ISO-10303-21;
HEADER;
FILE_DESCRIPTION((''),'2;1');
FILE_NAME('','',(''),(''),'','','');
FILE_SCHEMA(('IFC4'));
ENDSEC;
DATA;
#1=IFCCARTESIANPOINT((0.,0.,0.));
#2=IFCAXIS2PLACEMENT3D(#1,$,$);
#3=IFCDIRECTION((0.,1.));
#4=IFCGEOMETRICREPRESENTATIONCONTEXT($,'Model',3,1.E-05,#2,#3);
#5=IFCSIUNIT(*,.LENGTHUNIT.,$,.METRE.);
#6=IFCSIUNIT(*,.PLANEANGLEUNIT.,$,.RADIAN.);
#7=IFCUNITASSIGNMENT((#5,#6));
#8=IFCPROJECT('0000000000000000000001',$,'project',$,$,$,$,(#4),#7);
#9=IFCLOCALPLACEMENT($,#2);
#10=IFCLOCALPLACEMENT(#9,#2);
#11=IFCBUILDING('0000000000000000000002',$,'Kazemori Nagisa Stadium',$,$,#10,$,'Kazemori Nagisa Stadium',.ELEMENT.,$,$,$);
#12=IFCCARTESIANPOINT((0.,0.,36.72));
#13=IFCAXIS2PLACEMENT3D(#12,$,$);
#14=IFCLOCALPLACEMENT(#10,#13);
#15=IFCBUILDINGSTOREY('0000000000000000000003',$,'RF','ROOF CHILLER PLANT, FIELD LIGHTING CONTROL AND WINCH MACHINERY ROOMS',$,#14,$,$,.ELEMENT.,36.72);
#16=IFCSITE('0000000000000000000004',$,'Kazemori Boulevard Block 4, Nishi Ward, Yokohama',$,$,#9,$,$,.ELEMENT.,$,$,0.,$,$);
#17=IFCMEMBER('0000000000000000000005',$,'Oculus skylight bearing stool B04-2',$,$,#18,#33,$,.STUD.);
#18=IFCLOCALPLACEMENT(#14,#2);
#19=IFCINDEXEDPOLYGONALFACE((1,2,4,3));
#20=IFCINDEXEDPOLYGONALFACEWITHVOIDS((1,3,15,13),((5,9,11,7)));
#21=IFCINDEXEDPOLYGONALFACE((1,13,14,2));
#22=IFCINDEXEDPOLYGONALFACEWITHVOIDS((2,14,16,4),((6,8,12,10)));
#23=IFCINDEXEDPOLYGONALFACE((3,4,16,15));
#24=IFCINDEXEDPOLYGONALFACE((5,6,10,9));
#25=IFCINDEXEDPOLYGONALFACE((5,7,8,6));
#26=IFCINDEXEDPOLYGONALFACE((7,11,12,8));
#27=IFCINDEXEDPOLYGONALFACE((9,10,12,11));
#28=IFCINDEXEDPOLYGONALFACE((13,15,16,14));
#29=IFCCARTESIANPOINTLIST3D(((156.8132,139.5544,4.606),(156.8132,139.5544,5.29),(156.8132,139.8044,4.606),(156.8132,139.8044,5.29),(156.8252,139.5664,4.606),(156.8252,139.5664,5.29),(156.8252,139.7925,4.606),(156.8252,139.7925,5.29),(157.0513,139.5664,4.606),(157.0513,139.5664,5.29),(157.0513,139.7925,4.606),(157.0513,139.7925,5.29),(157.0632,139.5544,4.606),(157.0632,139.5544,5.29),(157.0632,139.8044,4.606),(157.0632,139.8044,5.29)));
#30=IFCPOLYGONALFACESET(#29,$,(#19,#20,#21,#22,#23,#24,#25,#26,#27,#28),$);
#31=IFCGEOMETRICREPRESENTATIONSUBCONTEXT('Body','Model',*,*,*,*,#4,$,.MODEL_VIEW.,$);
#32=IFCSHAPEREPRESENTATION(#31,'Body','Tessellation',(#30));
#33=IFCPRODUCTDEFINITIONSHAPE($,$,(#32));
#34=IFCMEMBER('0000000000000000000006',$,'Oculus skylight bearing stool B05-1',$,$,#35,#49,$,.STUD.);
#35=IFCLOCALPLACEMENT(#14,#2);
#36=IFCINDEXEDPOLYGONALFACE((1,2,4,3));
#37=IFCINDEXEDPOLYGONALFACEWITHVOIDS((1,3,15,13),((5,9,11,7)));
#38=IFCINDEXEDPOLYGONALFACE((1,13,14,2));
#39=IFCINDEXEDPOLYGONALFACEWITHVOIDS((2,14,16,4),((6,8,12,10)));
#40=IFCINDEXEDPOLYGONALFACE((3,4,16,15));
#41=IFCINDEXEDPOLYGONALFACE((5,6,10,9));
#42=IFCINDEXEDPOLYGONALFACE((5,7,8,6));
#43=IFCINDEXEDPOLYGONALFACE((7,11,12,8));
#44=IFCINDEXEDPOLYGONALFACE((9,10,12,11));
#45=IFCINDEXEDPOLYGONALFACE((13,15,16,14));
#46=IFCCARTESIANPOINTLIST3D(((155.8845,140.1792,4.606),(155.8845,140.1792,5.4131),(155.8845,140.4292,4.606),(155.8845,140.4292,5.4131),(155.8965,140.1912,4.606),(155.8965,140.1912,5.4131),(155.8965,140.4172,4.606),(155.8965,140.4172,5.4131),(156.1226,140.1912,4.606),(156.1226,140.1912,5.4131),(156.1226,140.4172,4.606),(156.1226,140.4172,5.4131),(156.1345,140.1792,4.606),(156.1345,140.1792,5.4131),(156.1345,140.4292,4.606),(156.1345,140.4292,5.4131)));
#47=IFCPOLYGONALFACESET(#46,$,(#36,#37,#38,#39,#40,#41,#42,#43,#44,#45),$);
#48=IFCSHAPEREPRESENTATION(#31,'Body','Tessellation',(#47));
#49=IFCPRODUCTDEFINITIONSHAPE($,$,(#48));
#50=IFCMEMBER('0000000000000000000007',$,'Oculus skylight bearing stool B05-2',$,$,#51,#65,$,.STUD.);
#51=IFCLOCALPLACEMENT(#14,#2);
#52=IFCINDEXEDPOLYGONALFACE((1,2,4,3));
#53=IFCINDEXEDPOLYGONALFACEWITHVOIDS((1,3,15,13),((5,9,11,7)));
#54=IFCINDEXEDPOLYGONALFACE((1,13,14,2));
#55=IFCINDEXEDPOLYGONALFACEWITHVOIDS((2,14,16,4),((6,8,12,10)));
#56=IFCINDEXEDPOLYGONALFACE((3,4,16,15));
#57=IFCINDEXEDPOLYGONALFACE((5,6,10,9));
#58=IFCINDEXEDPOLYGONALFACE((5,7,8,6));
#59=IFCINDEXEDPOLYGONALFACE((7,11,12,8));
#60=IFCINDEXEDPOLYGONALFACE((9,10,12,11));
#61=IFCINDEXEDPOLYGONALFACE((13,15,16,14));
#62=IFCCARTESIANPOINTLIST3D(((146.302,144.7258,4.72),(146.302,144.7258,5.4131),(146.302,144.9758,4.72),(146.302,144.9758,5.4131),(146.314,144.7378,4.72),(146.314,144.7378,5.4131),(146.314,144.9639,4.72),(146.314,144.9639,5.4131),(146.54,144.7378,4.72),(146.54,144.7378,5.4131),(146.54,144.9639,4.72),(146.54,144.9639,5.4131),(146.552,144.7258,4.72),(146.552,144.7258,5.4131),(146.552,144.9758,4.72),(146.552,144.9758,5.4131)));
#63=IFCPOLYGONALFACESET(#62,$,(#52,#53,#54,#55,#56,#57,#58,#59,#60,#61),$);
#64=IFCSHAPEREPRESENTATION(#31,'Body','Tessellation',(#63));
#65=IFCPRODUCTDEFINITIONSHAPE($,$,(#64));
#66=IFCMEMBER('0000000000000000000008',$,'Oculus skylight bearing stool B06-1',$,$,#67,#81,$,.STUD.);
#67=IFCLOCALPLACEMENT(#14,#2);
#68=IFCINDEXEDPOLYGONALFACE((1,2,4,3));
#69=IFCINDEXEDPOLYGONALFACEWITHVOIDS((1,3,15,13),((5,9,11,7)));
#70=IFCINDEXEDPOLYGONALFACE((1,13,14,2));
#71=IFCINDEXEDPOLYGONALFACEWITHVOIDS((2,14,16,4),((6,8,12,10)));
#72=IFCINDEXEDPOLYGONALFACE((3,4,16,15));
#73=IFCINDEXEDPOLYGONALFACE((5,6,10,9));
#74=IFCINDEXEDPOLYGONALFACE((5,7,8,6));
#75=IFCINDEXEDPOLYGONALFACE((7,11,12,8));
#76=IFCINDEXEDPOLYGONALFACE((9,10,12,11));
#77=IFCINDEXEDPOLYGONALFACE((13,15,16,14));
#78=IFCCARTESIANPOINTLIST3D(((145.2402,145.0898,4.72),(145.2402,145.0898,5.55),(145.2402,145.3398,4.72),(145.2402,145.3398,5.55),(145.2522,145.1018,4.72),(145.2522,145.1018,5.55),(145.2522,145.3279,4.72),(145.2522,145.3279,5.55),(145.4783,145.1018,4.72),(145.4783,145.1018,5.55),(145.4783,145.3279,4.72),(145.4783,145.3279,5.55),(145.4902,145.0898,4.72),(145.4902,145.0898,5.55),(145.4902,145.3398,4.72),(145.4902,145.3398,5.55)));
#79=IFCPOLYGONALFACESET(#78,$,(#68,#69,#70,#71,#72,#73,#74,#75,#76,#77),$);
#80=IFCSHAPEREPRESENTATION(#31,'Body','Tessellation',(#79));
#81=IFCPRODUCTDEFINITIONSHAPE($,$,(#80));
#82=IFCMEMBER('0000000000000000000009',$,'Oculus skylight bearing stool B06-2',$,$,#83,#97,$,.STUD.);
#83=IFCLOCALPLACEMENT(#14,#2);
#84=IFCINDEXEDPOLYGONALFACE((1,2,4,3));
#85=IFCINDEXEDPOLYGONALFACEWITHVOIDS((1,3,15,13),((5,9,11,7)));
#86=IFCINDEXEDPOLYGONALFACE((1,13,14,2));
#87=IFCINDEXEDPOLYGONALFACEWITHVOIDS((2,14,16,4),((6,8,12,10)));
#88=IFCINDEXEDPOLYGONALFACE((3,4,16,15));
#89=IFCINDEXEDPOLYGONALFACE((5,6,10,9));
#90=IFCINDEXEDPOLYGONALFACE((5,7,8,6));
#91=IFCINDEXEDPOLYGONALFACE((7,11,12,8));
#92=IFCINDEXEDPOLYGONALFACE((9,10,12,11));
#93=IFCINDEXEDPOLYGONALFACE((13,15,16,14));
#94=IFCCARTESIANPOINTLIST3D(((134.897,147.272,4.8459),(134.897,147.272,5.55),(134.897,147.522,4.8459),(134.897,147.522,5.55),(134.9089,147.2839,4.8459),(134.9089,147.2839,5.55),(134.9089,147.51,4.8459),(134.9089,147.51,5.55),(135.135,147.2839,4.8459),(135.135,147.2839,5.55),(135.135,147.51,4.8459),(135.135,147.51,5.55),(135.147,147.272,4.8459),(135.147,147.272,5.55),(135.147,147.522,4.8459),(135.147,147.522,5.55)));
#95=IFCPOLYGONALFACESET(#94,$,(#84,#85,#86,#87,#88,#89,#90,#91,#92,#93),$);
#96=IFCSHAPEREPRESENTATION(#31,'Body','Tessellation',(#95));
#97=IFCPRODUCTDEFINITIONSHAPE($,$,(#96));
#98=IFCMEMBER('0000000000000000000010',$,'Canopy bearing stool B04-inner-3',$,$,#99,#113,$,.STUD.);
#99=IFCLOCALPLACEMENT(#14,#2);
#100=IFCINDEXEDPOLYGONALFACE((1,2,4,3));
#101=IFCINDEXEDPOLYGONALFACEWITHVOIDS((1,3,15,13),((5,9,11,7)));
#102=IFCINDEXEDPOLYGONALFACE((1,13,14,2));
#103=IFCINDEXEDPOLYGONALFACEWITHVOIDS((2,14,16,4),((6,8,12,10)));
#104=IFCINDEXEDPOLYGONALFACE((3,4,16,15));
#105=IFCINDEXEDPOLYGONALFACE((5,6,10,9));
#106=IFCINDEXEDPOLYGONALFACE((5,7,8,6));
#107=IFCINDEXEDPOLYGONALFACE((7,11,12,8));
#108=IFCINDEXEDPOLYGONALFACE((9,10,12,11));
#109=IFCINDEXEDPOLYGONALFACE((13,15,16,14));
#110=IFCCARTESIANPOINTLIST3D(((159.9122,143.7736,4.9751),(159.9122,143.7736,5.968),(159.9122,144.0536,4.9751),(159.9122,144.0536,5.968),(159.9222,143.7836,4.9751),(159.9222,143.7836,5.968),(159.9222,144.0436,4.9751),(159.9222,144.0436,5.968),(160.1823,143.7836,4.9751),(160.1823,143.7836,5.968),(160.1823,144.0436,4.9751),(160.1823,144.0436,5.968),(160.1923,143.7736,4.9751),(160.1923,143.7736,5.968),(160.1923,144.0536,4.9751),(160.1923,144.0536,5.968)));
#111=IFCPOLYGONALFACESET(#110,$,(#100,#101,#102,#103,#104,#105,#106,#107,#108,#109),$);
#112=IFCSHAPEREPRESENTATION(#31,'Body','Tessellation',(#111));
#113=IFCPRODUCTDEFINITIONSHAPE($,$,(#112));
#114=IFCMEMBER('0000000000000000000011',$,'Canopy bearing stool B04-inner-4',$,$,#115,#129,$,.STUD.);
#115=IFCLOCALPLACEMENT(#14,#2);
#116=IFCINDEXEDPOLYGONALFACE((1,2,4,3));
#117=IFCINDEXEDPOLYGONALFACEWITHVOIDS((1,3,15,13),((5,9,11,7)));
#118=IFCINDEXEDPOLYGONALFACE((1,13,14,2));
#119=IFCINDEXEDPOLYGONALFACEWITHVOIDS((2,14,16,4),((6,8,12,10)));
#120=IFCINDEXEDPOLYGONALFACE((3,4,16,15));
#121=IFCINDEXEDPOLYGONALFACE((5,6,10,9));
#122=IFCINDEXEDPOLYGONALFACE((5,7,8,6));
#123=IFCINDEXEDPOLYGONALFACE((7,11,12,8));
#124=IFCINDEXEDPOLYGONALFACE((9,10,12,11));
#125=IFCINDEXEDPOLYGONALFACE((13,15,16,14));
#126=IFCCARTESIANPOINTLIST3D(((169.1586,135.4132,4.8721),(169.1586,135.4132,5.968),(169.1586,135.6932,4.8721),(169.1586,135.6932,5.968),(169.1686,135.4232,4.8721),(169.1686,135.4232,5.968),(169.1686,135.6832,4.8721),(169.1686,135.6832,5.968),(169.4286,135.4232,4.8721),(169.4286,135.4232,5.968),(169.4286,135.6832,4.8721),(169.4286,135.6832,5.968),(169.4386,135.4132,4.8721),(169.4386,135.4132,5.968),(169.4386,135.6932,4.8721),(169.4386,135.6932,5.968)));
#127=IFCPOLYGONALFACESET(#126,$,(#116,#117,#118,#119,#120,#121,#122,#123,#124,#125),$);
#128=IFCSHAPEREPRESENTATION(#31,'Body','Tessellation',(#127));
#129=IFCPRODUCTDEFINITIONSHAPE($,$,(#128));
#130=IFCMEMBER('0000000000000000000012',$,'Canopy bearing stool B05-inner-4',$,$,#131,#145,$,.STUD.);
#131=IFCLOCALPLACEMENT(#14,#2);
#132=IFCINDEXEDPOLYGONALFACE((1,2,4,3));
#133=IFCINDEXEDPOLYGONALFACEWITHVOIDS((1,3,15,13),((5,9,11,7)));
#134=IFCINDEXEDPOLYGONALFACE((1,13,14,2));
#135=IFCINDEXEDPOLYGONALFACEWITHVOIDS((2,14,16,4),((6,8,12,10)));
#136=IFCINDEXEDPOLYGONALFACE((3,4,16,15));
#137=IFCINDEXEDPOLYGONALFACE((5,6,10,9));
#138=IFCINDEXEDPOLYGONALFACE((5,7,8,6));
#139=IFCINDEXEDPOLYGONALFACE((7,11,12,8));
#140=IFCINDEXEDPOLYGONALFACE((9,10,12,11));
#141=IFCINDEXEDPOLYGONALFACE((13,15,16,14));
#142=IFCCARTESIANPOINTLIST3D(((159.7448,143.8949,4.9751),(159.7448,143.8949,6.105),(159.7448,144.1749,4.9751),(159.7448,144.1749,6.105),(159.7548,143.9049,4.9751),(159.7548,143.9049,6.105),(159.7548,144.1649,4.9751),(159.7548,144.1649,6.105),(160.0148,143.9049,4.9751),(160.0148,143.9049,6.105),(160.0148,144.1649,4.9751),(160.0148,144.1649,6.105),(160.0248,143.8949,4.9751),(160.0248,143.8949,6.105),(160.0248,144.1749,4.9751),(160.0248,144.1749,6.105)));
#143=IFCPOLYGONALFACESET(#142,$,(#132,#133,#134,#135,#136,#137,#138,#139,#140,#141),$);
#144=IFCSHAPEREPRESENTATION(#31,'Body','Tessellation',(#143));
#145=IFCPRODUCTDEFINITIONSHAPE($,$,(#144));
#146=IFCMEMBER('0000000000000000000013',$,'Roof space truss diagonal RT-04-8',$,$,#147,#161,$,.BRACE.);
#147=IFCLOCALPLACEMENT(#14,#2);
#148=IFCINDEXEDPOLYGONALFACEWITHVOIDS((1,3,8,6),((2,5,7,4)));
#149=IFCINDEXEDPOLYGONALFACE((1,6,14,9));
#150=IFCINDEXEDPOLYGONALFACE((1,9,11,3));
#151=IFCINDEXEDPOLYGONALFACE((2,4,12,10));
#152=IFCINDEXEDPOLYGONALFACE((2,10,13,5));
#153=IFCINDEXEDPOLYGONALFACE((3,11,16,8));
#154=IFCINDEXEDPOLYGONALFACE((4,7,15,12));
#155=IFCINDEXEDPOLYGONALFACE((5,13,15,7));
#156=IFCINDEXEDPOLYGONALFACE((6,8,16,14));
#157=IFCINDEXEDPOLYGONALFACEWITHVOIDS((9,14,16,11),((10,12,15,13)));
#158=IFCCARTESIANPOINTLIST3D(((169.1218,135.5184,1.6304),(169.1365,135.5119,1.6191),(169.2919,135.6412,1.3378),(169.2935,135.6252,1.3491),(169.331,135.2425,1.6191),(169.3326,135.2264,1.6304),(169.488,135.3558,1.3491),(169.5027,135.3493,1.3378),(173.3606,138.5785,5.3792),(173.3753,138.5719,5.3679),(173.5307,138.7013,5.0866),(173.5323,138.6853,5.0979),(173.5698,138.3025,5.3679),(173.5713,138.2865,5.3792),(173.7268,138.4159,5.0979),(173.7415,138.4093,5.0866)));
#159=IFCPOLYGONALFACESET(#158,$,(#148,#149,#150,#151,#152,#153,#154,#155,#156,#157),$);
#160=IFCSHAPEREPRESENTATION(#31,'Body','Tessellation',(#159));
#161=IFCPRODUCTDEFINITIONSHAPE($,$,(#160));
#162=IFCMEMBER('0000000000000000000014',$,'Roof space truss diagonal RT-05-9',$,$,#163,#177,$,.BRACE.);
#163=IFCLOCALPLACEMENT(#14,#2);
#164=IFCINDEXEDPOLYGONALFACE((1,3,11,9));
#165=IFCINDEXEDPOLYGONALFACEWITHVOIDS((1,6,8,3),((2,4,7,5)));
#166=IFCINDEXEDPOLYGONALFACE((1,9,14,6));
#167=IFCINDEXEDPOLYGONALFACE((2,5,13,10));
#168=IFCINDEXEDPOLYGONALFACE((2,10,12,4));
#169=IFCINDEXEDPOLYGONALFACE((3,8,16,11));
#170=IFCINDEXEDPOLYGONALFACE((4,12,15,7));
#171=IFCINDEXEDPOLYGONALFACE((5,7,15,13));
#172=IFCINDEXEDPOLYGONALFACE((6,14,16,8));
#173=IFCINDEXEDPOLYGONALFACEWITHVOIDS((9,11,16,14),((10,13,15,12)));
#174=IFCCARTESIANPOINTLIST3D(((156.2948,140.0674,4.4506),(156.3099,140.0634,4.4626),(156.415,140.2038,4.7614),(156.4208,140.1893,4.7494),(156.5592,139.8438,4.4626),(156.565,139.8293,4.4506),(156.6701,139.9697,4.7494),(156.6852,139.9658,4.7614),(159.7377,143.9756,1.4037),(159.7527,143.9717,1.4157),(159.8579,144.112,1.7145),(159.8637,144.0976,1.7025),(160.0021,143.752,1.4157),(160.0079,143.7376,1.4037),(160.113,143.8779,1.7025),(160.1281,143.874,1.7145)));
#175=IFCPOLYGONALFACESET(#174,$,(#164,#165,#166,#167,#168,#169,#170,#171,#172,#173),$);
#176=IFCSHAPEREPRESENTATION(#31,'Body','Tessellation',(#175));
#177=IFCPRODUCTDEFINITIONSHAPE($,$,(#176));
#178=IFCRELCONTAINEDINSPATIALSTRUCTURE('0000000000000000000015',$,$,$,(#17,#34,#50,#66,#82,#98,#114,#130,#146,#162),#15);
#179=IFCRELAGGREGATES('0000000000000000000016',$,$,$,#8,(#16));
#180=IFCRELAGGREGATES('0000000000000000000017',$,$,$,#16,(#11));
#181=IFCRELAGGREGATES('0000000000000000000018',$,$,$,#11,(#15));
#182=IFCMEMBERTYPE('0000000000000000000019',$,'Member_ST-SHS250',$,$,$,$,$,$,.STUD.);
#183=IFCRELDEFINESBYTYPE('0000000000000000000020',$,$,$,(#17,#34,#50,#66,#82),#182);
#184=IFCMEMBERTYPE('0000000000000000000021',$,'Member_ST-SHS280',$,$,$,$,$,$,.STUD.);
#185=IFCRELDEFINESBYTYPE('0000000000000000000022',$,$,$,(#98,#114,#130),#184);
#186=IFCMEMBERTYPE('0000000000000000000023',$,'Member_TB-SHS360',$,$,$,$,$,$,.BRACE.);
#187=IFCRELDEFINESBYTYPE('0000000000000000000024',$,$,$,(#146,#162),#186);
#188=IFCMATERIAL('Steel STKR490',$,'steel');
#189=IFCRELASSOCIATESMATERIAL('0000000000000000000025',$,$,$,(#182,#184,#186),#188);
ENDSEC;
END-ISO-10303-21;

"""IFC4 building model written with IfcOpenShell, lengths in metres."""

from ifc_helpers import new_model, si_unit, direction, frame, origin, origin_2d, place, context, subcontext, project, spatial, hollow_rectangle, extrude, material, material_profile, profile_set, type_object, element, save


model = new_model("IFC4")

# Units and contexts
model_context = context("Model", 3, precision=1e-05, world=origin(), true_north=direction((0.0, 1.0)))
body_context = subcontext(model_context, "Body", "Model", "MODEL_VIEW")
ifc_project = project(units=[si_unit("LENGTHUNIT", "METRE"), si_unit("PLANEANGLEUNIT", "RADIAN")], contexts=[model_context])

# Site, building, storey
site_placement = place(None, origin())
site = spatial("IfcSite", under=ifc_project, at=site_placement, Name="Kazemori Boulevard Block 4, Nishi Ward, Yokohama", CompositionType="ELEMENT", RefElevation=0.0)
building_placement = place(site_placement, origin())
building = spatial("IfcBuilding", under=site, at=building_placement, Name="Kazemori Nagisa Stadium", LongName="Kazemori Nagisa Stadium", CompositionType="ELEMENT")
storey_placement = place(building_placement, frame((0.0, 0.0, 36.72)))
storey = spatial("IfcBuildingStorey", under=building, at=storey_placement, Name="RF", Description="ROOF CHILLER PLANT, FIELD LIGHTING CONTROL AND WINCH MACHINERY ROOMS", CompositionType="ELEMENT", Elevation=36.72)

# Members
ifc_material = material(Name="Steel STKR490", Category="steel")
ifc_material_profile_1 = material_profile(ifc_material, hollow_rectangle(XDim=0.25, YDim=0.25, WallThickness=0.012, at=origin_2d()), Name="SHS-250x250x12")
ifc_profile_set_1 = profile_set([ifc_material_profile_1], Name="Steel STKR490")
member_type_1 = type_object("IfcMemberType", Name="Member_ST-SHS250", PredefinedType="STUD", material=ifc_profile_set_1)
member_1_placement = place(storey_placement, frame((156.9382, 139.6794, 4.606), z_axis=(0.0, 0.0, 1.0), x_axis=(1.0, 0.0, 0.0)))
element("IfcMember", 1, at=member_1_placement, inside=storey, type_object=member_type_1, Name="Oculus skylight bearing stool B04-2", PredefinedType="STUD", context=body_context, shape_type="SweptSolid", body=[
    extrude(hollow_rectangle(XDim=0.25, YDim=0.25, WallThickness=0.012, at=origin_2d()), origin(), (0.0, 0.0, 1.0), 0.6841),
])
member_2_placement = place(storey_placement, frame((156.0095, 140.3042, 4.606), z_axis=(0.0, 0.0, 1.0), x_axis=(1.0, 0.0, 0.0)))
element("IfcMember", 2, at=member_2_placement, inside=storey, type_object=member_type_1, Name="Oculus skylight bearing stool B05-1", PredefinedType="STUD", context=body_context, shape_type="SweptSolid", body=[
    extrude(hollow_rectangle(XDim=0.25, YDim=0.25, WallThickness=0.012, at=origin_2d()), origin(), (0.0, 0.0, 1.0), 0.8071),
])
member_3_placement = place(storey_placement, frame((146.427, 144.8508, 4.72), z_axis=(0.0, 0.0, 1.0), x_axis=(1.0, 0.0, 0.0)))
element("IfcMember", 3, at=member_3_placement, inside=storey, type_object=member_type_1, Name="Oculus skylight bearing stool B05-2", PredefinedType="STUD", context=body_context, shape_type="SweptSolid", body=[
    extrude(hollow_rectangle(XDim=0.25, YDim=0.25, WallThickness=0.012, at=origin_2d()), origin(), (0.0, 0.0, 1.0), 0.6931),
])
member_4_placement = place(storey_placement, frame((145.3652, 145.2148, 4.72), z_axis=(0.0, 0.0, 1.0), x_axis=(1.0, 0.0, 0.0)))
element("IfcMember", 4, at=member_4_placement, inside=storey, type_object=member_type_1, Name="Oculus skylight bearing stool B06-1", PredefinedType="STUD", context=body_context, shape_type="SweptSolid", body=[
    extrude(hollow_rectangle(XDim=0.25, YDim=0.25, WallThickness=0.012, at=origin_2d()), origin(), (0.0, 0.0, 1.0), 0.8301),
])
member_5_placement = place(storey_placement, frame((135.022, 147.397, 4.8459), z_axis=(0.0, 0.0, 1.0), x_axis=(1.0, 0.0, 0.0)))
element("IfcMember", 5, at=member_5_placement, inside=storey, type_object=member_type_1, Name="Oculus skylight bearing stool B06-2", PredefinedType="STUD", context=body_context, shape_type="SweptSolid", body=[
    extrude(hollow_rectangle(XDim=0.25, YDim=0.25, WallThickness=0.012, at=origin_2d()), origin(), (0.0, 0.0, 1.0), 0.7041),
])
ifc_material_profile_2 = material_profile(ifc_material, hollow_rectangle(XDim=0.28, YDim=0.28, WallThickness=0.01, at=origin_2d()), Name="SHS-280x280x10")
ifc_profile_set_2 = profile_set([ifc_material_profile_2], Name="Steel STKR490")
member_type_2 = type_object("IfcMemberType", Name="Member_ST-SHS280", PredefinedType="STUD", material=ifc_profile_set_2)
member_6_placement = place(storey_placement, frame((160.0522, 143.9136, 4.9751), z_axis=(0.0, 0.0, 1.0), x_axis=(1.0, 0.0, 0.0)))
element("IfcMember", 6, at=member_6_placement, inside=storey, type_object=member_type_2, Name="Canopy bearing stool B04-inner-3", PredefinedType="STUD", context=body_context, shape_type="SweptSolid", body=[
    extrude(hollow_rectangle(XDim=0.28, YDim=0.28, WallThickness=0.01, at=origin_2d()), origin(), (0.0, 0.0, 1.0), 0.9929),
])
member_7_placement = place(storey_placement, frame((169.2986, 135.5532, 4.8721), z_axis=(0.0, 0.0, 1.0), x_axis=(1.0, 0.0, 0.0)))
element("IfcMember", 7, at=member_7_placement, inside=storey, type_object=member_type_2, Name="Canopy bearing stool B04-inner-4", PredefinedType="STUD", context=body_context, shape_type="SweptSolid", body=[
    extrude(hollow_rectangle(XDim=0.28, YDim=0.28, WallThickness=0.01, at=origin_2d()), origin(), (0.0, 0.0, 1.0), 1.0959),
])
member_8_placement = place(storey_placement, frame((159.8848, 144.0349, 4.9751), z_axis=(0.0, 0.0, 1.0), x_axis=(1.0, 0.0, 0.0)))
element("IfcMember", 8, at=member_8_placement, inside=storey, type_object=member_type_2, Name="Canopy bearing stool B05-inner-4", PredefinedType="STUD", context=body_context, shape_type="SweptSolid", body=[
    extrude(hollow_rectangle(XDim=0.28, YDim=0.28, WallThickness=0.01, at=origin_2d()), origin(), (0.0, 0.0, 1.0), 1.1299),
])
ifc_material_profile_3 = material_profile(ifc_material, hollow_rectangle(XDim=0.3601, YDim=0.3601, WallThickness=0.0139, at=origin_2d()), Name="SHS-360x360x14")
ifc_profile_set_3 = profile_set([ifc_material_profile_3], Name="Steel STKR490")
member_type_3 = type_object("IfcMemberType", Name="Member_TB-SHS360", PredefinedType="BRACE", material=ifc_profile_set_3)
member_9_placement = place(storey_placement, frame((173.551, 138.4939, 5.2329), z_axis=(-0.658902, -0.475676, -0.582735), x_axis=(0.58533, -0.810795, 0.0)))
element("IfcMember", 9, at=member_9_placement, inside=storey, type_object=member_type_3, Name="Roof space truss diagonal RT-04-8", PredefinedType="BRACE", context=body_context, shape_type="SweptSolid", body=[
    extrude(hollow_rectangle(XDim=0.3601, YDim=0.3601, WallThickness=0.0139, at=origin_2d()), origin(), (0.0, 0.0, 1.0), 6.4331),
])
member_10_placement = place(storey_placement, frame((159.9329, 143.9248, 1.5591), z_axis=(-0.570565, -0.647682, 0.504939), x_axis=(0.750366, -0.661023, 0.0)))
element("IfcMember", 10, at=member_10_placement, inside=storey, type_object=member_type_3, Name="Roof space truss diagonal RT-05-9", PredefinedType="BRACE", context=body_context, shape_type="SweptSolid", body=[
    extrude(hollow_rectangle(XDim=0.3601, YDim=0.3601, WallThickness=0.0139, at=origin_2d()), origin(), (0.0, 0.0, 1.0), 6.0342),
])

save(model, "model.ifc")
